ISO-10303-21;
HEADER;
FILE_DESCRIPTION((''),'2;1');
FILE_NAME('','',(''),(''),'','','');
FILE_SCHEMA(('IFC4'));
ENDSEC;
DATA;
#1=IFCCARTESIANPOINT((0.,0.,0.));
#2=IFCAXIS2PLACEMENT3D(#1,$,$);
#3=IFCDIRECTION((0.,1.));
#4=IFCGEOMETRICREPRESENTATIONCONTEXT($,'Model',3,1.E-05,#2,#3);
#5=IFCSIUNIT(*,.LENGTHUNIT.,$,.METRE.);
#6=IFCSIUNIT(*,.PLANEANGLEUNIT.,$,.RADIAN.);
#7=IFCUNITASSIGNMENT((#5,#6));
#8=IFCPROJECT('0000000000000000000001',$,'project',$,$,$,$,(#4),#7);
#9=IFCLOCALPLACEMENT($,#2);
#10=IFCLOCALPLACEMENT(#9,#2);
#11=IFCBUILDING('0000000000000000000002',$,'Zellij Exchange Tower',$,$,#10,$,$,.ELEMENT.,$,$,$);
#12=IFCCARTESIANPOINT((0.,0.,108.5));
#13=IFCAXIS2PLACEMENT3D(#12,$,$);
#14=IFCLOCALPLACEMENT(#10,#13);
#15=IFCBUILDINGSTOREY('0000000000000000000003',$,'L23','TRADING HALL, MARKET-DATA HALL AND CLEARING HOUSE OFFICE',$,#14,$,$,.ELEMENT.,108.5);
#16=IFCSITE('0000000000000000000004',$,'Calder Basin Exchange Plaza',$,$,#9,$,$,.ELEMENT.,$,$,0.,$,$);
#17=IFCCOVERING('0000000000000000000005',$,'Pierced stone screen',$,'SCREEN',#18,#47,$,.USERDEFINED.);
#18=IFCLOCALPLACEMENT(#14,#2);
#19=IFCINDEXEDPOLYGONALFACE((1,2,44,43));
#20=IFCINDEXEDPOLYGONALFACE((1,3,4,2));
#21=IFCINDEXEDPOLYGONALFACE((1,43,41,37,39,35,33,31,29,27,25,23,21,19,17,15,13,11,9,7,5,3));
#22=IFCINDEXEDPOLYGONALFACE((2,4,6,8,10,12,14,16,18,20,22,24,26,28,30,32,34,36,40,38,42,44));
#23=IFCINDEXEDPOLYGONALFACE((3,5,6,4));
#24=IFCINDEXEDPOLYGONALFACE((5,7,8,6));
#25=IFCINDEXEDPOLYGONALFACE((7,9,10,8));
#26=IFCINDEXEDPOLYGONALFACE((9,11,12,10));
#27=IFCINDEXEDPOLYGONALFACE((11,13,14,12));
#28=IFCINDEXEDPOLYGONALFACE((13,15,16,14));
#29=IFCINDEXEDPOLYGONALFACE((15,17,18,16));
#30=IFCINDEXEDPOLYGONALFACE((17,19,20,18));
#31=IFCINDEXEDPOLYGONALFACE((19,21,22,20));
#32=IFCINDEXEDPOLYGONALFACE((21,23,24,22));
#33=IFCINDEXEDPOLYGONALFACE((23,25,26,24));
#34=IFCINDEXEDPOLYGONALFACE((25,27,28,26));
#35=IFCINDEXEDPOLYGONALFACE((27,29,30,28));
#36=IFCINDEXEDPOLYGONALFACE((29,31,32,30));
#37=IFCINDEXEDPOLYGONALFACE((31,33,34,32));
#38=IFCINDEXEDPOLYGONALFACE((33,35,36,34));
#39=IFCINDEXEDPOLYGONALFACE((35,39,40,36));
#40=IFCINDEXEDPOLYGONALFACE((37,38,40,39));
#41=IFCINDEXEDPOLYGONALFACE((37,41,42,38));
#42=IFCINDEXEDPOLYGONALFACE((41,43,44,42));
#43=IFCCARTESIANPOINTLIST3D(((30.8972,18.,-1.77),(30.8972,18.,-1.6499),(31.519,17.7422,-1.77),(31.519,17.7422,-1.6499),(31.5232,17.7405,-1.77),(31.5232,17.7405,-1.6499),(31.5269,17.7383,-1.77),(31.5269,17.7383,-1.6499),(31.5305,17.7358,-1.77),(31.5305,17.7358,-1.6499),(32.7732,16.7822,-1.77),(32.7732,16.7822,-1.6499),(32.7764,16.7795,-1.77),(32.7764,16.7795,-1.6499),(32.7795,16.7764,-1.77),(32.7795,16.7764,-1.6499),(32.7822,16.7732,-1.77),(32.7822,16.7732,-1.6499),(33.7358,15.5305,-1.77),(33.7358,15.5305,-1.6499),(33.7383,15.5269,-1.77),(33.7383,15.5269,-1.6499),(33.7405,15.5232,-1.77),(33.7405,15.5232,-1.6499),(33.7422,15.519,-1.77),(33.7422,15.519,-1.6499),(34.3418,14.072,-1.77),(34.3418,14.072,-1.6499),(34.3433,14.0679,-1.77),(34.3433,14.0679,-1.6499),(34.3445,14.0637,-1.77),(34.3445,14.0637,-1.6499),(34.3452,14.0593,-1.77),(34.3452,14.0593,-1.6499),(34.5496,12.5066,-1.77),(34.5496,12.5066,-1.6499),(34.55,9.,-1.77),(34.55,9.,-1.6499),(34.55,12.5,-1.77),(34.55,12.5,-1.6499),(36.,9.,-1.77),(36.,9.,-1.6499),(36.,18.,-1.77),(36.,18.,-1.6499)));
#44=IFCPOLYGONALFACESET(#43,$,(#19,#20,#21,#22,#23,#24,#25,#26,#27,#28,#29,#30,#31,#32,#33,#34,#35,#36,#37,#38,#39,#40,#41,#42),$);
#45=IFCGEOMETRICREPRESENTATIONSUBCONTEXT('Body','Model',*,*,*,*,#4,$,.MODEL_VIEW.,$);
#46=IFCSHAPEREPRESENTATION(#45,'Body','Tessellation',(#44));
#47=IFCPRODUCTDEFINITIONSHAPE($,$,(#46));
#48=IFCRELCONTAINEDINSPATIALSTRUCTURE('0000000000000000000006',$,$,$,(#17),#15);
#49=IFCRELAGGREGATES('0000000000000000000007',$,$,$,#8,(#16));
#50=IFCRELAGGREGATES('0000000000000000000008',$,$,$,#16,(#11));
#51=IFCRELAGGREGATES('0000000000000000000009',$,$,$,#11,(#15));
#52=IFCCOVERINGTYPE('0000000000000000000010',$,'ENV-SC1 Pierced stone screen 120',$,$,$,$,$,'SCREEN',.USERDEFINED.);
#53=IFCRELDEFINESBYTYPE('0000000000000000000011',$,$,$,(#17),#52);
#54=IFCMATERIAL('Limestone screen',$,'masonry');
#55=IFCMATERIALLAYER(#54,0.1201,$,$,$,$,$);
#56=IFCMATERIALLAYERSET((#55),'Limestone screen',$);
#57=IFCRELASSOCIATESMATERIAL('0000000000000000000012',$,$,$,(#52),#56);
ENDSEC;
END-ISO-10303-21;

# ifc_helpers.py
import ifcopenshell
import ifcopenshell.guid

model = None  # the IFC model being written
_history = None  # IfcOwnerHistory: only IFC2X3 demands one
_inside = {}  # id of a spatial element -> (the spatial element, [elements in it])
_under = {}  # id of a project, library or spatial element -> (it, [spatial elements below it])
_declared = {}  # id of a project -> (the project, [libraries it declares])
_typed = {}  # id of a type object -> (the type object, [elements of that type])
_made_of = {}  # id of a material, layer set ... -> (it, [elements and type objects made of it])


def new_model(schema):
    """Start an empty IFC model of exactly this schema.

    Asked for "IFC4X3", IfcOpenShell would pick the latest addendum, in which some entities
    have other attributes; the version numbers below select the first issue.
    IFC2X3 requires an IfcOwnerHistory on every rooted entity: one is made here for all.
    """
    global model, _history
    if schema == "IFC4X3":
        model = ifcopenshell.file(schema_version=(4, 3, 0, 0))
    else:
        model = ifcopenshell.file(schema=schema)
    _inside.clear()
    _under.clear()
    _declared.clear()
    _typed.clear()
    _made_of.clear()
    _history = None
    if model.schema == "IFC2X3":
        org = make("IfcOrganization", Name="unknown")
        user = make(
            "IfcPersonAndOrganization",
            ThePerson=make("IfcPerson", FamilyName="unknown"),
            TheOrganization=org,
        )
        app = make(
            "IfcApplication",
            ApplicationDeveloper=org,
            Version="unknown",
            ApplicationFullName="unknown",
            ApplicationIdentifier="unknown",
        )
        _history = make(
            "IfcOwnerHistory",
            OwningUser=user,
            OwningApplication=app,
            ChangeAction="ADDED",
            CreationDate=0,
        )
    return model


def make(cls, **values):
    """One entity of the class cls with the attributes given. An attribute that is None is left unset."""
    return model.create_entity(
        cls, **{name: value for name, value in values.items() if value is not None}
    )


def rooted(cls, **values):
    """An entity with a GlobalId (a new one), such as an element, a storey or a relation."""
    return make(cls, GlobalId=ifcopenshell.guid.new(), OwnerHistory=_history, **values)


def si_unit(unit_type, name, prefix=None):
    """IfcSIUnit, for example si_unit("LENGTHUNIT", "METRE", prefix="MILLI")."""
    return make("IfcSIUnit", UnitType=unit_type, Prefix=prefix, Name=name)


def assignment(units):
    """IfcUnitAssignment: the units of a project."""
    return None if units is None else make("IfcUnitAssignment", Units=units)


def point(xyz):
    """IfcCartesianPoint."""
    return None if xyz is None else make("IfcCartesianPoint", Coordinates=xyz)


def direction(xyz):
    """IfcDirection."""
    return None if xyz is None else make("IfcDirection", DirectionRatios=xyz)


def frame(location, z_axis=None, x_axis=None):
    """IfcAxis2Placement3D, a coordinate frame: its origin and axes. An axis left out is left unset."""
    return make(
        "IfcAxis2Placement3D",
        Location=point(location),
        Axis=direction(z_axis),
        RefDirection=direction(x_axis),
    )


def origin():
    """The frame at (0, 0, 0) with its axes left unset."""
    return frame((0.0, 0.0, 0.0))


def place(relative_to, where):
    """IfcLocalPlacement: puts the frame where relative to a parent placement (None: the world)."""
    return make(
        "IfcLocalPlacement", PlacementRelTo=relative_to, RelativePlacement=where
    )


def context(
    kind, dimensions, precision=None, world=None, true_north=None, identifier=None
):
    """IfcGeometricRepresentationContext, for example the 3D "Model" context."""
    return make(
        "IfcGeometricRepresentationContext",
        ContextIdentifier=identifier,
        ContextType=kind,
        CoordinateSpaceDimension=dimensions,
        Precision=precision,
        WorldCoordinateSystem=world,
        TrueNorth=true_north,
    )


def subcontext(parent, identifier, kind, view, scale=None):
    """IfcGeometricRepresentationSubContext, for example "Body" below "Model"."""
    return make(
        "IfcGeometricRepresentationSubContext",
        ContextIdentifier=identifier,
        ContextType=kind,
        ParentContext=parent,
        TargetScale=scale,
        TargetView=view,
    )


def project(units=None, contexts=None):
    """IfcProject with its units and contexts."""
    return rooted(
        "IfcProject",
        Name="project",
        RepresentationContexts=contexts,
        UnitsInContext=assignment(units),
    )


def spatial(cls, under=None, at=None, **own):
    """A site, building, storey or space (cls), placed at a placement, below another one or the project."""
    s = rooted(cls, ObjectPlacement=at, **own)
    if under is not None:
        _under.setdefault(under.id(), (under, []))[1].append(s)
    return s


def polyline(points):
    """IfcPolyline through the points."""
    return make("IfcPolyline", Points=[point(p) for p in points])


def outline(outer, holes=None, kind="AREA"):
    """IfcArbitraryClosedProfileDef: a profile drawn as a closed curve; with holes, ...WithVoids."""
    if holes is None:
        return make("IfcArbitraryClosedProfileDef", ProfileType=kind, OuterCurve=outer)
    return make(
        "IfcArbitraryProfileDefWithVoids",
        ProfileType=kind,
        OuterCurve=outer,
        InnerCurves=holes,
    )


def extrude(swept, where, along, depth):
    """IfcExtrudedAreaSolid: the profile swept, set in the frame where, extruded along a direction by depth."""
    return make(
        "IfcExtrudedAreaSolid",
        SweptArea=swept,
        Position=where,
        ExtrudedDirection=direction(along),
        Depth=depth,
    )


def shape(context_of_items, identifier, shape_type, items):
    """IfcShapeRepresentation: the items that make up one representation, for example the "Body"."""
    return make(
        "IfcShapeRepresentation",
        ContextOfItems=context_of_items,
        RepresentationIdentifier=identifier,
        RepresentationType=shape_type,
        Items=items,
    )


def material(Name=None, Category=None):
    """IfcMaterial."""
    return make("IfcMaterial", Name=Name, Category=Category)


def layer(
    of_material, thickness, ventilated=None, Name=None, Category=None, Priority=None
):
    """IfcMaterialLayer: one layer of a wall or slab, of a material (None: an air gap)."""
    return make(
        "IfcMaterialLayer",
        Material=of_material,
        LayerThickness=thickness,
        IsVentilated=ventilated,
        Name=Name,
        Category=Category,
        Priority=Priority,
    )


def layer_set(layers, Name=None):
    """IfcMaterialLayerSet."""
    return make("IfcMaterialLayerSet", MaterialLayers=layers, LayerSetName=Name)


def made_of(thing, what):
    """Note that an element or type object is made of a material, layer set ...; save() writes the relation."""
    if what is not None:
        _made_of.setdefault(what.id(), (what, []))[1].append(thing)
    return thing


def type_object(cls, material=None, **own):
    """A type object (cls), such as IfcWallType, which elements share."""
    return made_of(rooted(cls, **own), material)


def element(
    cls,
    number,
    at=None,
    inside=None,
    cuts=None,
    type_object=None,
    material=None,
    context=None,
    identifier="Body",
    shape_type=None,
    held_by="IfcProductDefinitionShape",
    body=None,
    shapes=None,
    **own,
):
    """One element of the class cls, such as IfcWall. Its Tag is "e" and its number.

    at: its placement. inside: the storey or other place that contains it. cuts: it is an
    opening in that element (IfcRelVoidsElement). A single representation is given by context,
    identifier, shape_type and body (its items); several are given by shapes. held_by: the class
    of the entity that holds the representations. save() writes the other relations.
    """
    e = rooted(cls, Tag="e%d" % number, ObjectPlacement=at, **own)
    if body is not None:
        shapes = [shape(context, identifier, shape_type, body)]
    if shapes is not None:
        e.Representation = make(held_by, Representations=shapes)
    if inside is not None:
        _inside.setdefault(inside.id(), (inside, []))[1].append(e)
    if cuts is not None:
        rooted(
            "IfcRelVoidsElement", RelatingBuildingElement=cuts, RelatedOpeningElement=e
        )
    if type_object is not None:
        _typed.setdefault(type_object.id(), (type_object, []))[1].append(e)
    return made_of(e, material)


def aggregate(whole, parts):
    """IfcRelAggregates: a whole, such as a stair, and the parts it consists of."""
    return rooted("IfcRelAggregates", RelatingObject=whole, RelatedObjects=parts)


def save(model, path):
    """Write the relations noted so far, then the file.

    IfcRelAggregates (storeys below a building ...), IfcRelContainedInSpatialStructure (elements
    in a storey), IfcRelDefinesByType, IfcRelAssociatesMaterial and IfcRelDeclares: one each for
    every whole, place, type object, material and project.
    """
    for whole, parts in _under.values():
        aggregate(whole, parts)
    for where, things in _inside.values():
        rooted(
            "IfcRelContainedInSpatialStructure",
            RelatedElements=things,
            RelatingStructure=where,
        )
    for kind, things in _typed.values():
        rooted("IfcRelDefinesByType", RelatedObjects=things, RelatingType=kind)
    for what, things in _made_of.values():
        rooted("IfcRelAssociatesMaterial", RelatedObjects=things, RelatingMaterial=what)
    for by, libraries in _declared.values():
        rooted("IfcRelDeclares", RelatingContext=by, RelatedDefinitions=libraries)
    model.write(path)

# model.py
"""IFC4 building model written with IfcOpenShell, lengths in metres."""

from ifc_helpers import new_model, si_unit, direction, frame, origin, place, context, subcontext, project, spatial, polyline, outline, extrude, material, layer, layer_set, type_object, element, save


model = new_model("IFC4")

# Units and contexts
model_context = context("Model", 3, precision=1e-05, world=origin(), true_north=direction((0.0, 1.0)))
body_context = subcontext(model_context, "Body", "Model", "MODEL_VIEW")
ifc_project = project(units=[si_unit("LENGTHUNIT", "METRE"), si_unit("PLANEANGLEUNIT", "RADIAN")], contexts=[model_context])

# Site, building, storey
site_placement = place(None, origin())
site = spatial("IfcSite", under=ifc_project, at=site_placement, Name="Calder Basin Exchange Plaza", CompositionType="ELEMENT", RefElevation=0.0)
building_placement = place(site_placement, origin())
building = spatial("IfcBuilding", under=site, at=building_placement, Name="Zellij Exchange Tower", CompositionType="ELEMENT")
storey_placement = place(building_placement, frame((0.0, 0.0, 108.5)))
storey = spatial("IfcBuildingStorey", under=building, at=storey_placement, Name="L23", Description="TRADING HALL, MARKET-DATA HALL AND CLEARING HOUSE OFFICE", CompositionType="ELEMENT", Elevation=108.5)

# Covering
ifc_material_1 = material(Name="Limestone screen", Category="masonry")
ifc_layer_1 = layer(ifc_material_1, 0.1201)
ifc_layer_set_1 = layer_set([ifc_layer_1], Name="Limestone screen")
covering_type = type_object("IfcCoveringType", Name="ENV-SC1 Pierced stone screen 120", ElementType="SCREEN", PredefinedType="USERDEFINED", material=ifc_layer_set_1)
covering_1_placement = place(storey_placement, frame((0.0, 0.0, -1.77)))
element("IfcCovering", 1, at=covering_1_placement, inside=storey, type_object=covering_type, Name="Pierced stone screen", ObjectType="SCREEN", PredefinedType="USERDEFINED", context=body_context, shape_type="SweptSolid", body=[
    extrude(outline(polyline([(34.55, 12.5), (34.5496, 12.5066), (34.3452, 14.0593), (34.3445, 14.0637), (34.3433, 14.0679), (34.3418, 14.072), (33.7422, 15.519), (33.7405, 15.5232), (33.7383, 15.5269), (33.7358, 15.5305), (32.7822, 16.7732), (32.7795, 16.7764), (32.7764, 16.7795), (32.7732, 16.7822), (31.5305, 17.7358), (31.5269, 17.7383), (31.5232, 17.7405), (31.519, 17.7422), (30.8972, 18.0), (36.0, 18.0), (36.0, 9.0), (34.55, 9.0), (34.55, 12.5)])), origin(), (0.0, 0.0, 1.0), 0.1201),
])

save(model, "model.ifc")
